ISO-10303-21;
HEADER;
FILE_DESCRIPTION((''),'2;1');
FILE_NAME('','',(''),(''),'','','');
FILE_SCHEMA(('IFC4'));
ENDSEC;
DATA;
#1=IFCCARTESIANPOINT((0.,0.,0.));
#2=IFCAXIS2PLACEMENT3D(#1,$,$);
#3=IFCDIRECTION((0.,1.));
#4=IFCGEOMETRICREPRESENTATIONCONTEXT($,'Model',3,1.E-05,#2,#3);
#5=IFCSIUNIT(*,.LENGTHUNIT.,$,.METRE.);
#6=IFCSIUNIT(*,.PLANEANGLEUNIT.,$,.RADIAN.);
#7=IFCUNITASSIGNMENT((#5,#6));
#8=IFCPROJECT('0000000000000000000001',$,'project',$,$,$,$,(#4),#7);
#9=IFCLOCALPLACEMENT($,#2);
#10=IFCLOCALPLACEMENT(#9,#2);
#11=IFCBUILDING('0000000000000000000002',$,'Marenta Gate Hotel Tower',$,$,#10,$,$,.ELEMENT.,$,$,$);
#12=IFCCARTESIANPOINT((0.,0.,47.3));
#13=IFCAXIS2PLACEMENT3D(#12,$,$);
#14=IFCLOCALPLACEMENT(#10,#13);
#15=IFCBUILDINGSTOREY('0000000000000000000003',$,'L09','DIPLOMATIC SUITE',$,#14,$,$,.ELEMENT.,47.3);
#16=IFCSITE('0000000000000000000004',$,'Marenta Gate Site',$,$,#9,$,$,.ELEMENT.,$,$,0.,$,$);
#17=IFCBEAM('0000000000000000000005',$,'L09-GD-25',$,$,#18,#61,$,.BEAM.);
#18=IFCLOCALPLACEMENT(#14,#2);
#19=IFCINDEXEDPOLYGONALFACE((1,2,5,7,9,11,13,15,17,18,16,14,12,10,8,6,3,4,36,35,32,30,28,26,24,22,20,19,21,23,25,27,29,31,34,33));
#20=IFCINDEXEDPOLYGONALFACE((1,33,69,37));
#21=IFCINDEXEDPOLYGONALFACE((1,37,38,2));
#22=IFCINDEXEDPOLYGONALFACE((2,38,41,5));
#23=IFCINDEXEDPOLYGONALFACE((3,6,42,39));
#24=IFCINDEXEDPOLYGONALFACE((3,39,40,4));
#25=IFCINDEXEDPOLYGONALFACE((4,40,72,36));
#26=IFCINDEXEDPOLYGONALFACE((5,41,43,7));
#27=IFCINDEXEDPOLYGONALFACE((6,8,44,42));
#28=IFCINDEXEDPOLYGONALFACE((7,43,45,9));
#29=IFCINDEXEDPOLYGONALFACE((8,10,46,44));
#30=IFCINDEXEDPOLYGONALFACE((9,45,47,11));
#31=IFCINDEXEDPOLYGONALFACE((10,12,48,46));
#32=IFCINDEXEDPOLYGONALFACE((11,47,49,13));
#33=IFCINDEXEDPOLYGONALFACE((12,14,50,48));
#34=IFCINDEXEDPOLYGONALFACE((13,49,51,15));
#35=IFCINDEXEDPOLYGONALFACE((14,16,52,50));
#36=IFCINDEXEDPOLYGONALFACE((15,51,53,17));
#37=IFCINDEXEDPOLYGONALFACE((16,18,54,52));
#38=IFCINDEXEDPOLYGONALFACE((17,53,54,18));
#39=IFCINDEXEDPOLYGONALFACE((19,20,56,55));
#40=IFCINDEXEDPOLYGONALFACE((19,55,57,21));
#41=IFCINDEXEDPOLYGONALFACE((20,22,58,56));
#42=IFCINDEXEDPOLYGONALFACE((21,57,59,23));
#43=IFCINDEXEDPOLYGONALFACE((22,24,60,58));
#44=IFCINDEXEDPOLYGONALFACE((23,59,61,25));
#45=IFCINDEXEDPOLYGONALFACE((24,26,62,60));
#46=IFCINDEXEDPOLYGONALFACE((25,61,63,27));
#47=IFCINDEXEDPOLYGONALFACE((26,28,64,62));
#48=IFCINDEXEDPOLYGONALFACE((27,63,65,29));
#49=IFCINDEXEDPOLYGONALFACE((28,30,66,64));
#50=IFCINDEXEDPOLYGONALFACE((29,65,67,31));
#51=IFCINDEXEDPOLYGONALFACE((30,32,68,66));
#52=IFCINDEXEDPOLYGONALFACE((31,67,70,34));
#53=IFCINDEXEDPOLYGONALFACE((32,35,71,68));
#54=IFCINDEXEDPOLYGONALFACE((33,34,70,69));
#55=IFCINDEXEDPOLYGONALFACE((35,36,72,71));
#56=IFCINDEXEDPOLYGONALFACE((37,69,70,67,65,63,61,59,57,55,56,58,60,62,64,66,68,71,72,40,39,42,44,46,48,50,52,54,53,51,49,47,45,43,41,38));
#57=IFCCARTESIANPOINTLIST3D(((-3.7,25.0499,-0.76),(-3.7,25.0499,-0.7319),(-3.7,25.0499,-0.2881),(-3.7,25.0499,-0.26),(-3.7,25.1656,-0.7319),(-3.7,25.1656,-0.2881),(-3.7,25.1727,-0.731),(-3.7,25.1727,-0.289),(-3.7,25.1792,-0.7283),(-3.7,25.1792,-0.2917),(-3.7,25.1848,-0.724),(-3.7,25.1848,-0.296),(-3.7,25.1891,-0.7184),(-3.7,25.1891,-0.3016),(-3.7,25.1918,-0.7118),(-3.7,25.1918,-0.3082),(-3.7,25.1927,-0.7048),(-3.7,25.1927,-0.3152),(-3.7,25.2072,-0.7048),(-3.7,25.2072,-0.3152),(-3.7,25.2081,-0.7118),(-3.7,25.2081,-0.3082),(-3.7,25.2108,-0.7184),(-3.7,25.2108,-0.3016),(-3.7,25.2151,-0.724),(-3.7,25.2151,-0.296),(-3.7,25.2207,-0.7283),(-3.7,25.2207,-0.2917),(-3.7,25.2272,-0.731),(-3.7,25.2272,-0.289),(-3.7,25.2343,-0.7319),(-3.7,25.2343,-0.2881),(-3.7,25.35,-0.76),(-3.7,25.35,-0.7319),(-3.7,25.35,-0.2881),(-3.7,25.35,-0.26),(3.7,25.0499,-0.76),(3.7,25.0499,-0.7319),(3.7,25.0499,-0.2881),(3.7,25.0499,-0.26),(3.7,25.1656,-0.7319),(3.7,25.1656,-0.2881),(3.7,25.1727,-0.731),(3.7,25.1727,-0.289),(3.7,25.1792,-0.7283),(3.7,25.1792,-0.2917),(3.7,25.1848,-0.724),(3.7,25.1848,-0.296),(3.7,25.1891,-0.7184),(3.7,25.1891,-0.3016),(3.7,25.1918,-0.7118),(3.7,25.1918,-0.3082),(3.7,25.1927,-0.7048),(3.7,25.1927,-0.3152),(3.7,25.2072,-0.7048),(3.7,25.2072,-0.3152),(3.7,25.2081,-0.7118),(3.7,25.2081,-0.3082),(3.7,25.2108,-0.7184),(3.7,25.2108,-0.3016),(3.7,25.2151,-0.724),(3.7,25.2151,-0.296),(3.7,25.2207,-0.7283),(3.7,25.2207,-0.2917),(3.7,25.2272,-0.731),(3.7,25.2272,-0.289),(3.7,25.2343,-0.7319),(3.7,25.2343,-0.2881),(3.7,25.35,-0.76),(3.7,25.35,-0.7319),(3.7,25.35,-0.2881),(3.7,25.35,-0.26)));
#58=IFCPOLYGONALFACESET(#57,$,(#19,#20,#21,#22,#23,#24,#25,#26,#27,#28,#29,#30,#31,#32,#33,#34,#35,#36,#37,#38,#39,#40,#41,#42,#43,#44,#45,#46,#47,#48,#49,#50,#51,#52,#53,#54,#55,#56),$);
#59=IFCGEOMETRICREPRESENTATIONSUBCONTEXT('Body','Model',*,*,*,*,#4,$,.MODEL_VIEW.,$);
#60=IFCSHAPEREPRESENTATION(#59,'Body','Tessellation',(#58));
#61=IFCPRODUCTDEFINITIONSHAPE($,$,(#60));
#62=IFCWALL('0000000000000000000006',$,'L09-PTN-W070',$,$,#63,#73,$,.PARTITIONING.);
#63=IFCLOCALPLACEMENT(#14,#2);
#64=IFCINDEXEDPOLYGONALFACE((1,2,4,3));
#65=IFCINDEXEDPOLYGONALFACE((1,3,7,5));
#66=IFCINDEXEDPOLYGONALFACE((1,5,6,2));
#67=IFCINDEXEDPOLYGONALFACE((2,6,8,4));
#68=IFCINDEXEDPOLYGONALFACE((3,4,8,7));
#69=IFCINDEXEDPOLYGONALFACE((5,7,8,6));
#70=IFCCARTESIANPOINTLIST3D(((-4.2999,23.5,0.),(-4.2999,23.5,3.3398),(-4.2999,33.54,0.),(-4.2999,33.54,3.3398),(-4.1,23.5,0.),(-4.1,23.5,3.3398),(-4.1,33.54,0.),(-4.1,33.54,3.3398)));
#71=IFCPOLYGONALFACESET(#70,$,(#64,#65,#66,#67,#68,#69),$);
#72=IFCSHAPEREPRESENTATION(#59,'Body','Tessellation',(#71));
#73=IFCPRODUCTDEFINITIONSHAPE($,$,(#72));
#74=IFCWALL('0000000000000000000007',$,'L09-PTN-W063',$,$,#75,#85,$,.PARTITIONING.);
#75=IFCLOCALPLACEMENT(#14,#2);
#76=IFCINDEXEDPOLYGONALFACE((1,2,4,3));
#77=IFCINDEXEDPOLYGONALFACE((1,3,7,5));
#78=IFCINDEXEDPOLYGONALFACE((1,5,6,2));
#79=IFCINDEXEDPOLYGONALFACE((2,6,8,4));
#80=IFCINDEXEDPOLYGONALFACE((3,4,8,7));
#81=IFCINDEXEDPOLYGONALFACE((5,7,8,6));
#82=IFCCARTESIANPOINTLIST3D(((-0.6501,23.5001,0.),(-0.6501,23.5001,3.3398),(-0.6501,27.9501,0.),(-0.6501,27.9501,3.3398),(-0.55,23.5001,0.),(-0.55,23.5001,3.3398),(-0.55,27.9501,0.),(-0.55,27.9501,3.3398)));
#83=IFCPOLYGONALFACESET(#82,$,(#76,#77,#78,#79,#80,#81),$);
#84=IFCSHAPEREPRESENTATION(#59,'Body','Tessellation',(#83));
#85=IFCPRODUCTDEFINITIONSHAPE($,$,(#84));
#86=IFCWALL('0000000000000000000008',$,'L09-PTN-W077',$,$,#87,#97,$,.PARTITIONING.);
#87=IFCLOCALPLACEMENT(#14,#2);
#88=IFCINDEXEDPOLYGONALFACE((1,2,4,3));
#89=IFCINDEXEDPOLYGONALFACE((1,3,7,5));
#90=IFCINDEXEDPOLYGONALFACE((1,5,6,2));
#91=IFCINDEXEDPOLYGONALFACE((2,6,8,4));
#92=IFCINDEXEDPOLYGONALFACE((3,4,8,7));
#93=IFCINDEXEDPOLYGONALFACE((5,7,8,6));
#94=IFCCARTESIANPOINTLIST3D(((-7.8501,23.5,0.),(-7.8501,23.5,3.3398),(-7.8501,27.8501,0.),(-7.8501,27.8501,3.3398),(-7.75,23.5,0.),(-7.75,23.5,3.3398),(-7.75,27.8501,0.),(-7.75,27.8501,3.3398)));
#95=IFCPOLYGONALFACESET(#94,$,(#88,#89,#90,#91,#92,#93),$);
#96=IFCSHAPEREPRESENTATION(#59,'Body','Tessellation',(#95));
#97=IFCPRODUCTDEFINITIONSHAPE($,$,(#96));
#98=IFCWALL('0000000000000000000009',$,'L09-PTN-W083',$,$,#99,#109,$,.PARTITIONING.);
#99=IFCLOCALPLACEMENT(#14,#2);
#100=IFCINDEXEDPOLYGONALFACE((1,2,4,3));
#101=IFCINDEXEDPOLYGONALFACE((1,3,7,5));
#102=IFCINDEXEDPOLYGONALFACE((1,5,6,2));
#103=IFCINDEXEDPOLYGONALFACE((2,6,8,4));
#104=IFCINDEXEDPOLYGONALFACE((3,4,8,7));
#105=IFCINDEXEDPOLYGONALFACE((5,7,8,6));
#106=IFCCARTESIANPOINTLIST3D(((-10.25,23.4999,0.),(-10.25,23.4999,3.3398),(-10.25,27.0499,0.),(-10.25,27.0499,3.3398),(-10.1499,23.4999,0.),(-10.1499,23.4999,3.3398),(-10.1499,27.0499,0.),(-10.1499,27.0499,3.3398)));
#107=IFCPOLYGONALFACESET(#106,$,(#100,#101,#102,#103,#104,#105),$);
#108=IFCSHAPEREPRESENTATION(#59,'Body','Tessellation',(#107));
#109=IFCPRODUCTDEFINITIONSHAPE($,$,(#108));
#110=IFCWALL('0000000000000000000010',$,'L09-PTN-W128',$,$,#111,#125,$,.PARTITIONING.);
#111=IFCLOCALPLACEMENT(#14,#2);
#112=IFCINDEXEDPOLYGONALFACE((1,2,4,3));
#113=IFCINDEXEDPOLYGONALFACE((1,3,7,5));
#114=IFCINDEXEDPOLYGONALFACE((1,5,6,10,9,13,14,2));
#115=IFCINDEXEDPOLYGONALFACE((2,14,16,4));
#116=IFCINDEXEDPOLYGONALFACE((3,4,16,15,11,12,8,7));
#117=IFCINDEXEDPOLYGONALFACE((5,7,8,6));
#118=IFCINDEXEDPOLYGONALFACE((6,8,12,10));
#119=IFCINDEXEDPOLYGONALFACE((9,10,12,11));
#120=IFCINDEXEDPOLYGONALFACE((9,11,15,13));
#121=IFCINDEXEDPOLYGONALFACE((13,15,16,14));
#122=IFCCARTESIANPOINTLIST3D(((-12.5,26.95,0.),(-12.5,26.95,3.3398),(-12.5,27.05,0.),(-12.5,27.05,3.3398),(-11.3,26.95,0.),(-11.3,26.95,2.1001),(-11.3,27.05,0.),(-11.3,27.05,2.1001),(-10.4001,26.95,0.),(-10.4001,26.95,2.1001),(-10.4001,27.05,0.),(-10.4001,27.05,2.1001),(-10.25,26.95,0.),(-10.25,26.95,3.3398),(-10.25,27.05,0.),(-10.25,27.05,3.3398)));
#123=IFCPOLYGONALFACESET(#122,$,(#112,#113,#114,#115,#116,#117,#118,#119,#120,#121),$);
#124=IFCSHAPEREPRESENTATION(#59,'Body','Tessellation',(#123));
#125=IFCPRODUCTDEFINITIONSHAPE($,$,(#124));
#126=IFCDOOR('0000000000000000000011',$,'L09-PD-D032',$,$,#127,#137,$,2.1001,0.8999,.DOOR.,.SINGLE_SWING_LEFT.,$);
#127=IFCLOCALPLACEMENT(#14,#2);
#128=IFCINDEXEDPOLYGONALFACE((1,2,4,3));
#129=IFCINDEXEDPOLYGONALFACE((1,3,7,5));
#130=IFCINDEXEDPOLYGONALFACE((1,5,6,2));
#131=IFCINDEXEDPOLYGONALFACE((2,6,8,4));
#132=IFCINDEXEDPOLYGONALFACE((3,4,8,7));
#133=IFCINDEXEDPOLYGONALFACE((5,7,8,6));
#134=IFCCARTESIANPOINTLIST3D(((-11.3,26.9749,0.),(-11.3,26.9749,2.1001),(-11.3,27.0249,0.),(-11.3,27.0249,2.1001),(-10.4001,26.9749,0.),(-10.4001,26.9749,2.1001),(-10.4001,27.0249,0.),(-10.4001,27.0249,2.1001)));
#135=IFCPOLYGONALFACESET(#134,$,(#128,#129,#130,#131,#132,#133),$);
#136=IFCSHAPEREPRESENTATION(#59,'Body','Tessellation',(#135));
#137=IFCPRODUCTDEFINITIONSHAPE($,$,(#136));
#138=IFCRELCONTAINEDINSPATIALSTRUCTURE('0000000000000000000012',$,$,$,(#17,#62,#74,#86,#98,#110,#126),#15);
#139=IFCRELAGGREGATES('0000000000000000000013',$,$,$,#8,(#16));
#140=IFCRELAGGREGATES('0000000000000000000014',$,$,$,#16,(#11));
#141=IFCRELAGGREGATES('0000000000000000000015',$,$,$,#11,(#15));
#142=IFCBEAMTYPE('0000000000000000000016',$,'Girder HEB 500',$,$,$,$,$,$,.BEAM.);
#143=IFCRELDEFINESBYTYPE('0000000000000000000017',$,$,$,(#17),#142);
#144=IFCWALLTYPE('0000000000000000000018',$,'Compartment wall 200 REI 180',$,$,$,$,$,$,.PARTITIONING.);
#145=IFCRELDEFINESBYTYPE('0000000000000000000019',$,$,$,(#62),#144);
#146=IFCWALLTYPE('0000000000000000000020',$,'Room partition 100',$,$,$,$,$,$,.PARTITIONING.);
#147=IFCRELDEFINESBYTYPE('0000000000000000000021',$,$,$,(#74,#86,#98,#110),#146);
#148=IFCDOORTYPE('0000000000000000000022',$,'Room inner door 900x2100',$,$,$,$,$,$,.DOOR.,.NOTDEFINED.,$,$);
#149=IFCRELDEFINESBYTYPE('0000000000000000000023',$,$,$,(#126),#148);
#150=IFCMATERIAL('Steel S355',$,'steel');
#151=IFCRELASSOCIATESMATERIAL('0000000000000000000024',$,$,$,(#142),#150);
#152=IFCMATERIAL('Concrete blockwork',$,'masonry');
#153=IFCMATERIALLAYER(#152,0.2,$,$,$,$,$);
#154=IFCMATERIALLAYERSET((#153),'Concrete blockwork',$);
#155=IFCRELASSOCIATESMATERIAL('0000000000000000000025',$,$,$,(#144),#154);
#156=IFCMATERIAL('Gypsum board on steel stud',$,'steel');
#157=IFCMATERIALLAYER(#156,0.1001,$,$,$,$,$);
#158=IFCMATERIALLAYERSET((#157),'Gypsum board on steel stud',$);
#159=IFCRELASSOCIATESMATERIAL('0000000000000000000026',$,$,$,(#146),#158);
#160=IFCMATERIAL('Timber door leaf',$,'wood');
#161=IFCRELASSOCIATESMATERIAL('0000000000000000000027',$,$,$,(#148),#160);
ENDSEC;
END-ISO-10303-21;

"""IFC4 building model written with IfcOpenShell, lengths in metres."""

from ifc_helpers import new_model, si_unit, direction, frame, frame_2d, origin, origin_2d, place, context, subcontext, project, spatial, rectangle, i_section, extrude, material, layer, layer_set, material_profile, profile_set, type_object, element, fill, save


model = new_model("IFC4")

# Units and contexts
model_context = context("Model", 3, precision=1e-05, world=origin(), true_north=direction((0.0, 1.0)))
body_context = subcontext(model_context, "Body", "Model", "MODEL_VIEW")
ifc_project = project(units=[si_unit("LENGTHUNIT", "METRE"), si_unit("PLANEANGLEUNIT", "RADIAN")], contexts=[model_context])

# Site, building, storey
site_placement = place(None, origin())
site = spatial("IfcSite", under=ifc_project, at=site_placement, Name="Marenta Gate Site", CompositionType="ELEMENT", RefElevation=0.0)
building_placement = place(site_placement, origin())
building = spatial("IfcBuilding", under=site, at=building_placement, Name="Marenta Gate Hotel Tower", CompositionType="ELEMENT")
storey_placement = place(building_placement, frame((0.0, 0.0, 47.3)))
storey = spatial("IfcBuildingStorey", under=building, at=storey_placement, Name="L09", Description="DIPLOMATIC SUITE", CompositionType="ELEMENT", Elevation=47.3)

# Beam
ifc_material_1 = material(Name="Steel S355", Category="steel")
ifc_material_profile_1 = material_profile(ifc_material_1, i_section(OverallWidth=0.3, OverallDepth=0.5, WebThickness=0.0144, FlangeThickness=0.0281, FilletRadius=0.0271, at=origin_2d()), Name="HEB 500")
ifc_profile_set_1 = profile_set([ifc_material_profile_1], Name="Steel S355")
beam_type_1 = type_object("IfcBeamType", Name="Girder HEB 500", PredefinedType="BEAM", material=ifc_profile_set_1)
beam_1_placement = place(storey_placement, frame((-3.7, 25.2, -0.51), z_axis=(1.0, 0.0, 0.0), x_axis=(0.0, 1.0, 0.0)))
element("IfcBeam", 1, at=beam_1_placement, inside=storey, type_object=beam_type_1, Name="L09-GD-25", PredefinedType="BEAM", context=body_context, shape_type="SweptSolid", body=[
    extrude(i_section(OverallWidth=0.3, OverallDepth=0.5, WebThickness=0.0144, FlangeThickness=0.0281, FilletRadius=0.0271, at=origin_2d()), origin(), (0.0, 0.0, 1.0), 7.3999),
])

# Walls
ifc_material_2 = material(Name="Concrete blockwork", Category="masonry")
ifc_layer_1 = layer(ifc_material_2, 0.2)
ifc_layer_set_1 = layer_set([ifc_layer_1], Name="Concrete blockwork")
wall_type_1 = type_object("IfcWallType", Name="Compartment wall 200 REI 180", PredefinedType="PARTITIONING", material=ifc_layer_set_1)
wall_1_placement = place(storey_placement, frame((-4.2, 23.5, 0.0), z_axis=(0.0, 0.0, 1.0), x_axis=(0.0, 1.0, 0.0)))
element("IfcWall", 2, at=wall_1_placement, inside=storey, type_object=wall_type_1, Name="L09-PTN-W070", PredefinedType="PARTITIONING", context=body_context, shape_type="SweptSolid", body=[
    extrude(rectangle(XDim=10.04, YDim=0.2, at=frame_2d((5.02, 0.0))), origin(), (0.0, 0.0, 1.0), 3.3398),
])
ifc_material_3 = material(Name="Gypsum board on steel stud", Category="steel")
ifc_layer_2 = layer(ifc_material_3, 0.1001)
ifc_layer_set_2 = layer_set([ifc_layer_2], Name="Gypsum board on steel stud")
wall_type_2 = type_object("IfcWallType", Name="Room partition 100", PredefinedType="PARTITIONING", material=ifc_layer_set_2)
wall_2_placement = place(storey_placement, frame((-0.6001, 23.5, 0.0), z_axis=(0.0, 0.0, 1.0), x_axis=(0.0, 1.0, 0.0)))
element("IfcWall", 3, at=wall_2_placement, inside=storey, type_object=wall_type_2, Name="L09-PTN-W063", PredefinedType="PARTITIONING", context=body_context, shape_type="SweptSolid", body=[
    extrude(rectangle(XDim=4.45, YDim=0.1001, at=frame_2d((2.2251, 0.0))), origin(), (0.0, 0.0, 1.0), 3.3398),
])
wall_3_placement = place(storey_placement, frame((-7.8, 23.5, 0.0), z_axis=(0.0, 0.0, 1.0), x_axis=(0.0, 1.0, 0.0)))
element("IfcWall", 4, at=wall_3_placement, inside=storey, type_object=wall_type_2, Name="L09-PTN-W077", PredefinedType="PARTITIONING", context=body_context, shape_type="SweptSolid", body=[
    extrude(rectangle(XDim=4.3501, YDim=0.1001, at=frame_2d((2.175, 0.0))), origin(), (0.0, 0.0, 1.0), 3.3398),
])
wall_4_placement = place(storey_placement, frame((-10.2, 23.5, 0.0), z_axis=(0.0, 0.0, 1.0), x_axis=(0.0, 1.0, 0.0)))
element("IfcWall", 5, at=wall_4_placement, inside=storey, type_object=wall_type_2, Name="L09-PTN-W083", PredefinedType="PARTITIONING", context=body_context, shape_type="SweptSolid", body=[
    extrude(rectangle(XDim=3.55, YDim=0.1001, at=frame_2d((1.7749, 0.0))), origin(), (0.0, 0.0, 1.0), 3.3398),
])

# Wall, opening, door
wall_5_placement = place(storey_placement, frame((-12.5, 27.0, 0.0), z_axis=(0.0, 0.0, 1.0), x_axis=(1.0, 0.0, 0.0)))
wall_5 = element("IfcWall", 6, at=wall_5_placement, inside=storey, type_object=wall_type_2, Name="L09-PTN-W128", PredefinedType="PARTITIONING", context=body_context, shape_type="SweptSolid", body=[
    extrude(rectangle(XDim=2.25, YDim=0.1001, at=frame_2d((1.125, 0.0))), origin(), (0.0, 0.0, 1.0), 3.3398),
])
opening_1_placement = place(wall_5_placement, frame((1.2, 0.0, 0.0)))
opening_1 = element("IfcOpeningElement", 7, at=opening_1_placement, cuts=wall_5, PredefinedType="OPENING", context=body_context, shape_type="SweptSolid", body=[
    extrude(rectangle(XDim=0.8999, YDim=2.1001, at=frame_2d((0.45, 1.05))), frame((0.0, 0.05, 0.0), z_axis=(0.0, -1.0, 0.0), x_axis=(1.0, 0.0, 0.0)), (0.0, 0.0, 1.0), 0.1001),
])
ifc_material_4 = material(Name="Timber door leaf", Category="wood")
door_type_1 = type_object("IfcDoorType", Name="Room inner door 900x2100", OperationType="NOTDEFINED", PredefinedType="DOOR", material=ifc_material_4)
door_1_placement = place(opening_1_placement, origin())
door_1 = element("IfcDoor", 8, at=door_1_placement, inside=storey, type_object=door_type_1, Name="L09-PD-D032", OperationType="SINGLE_SWING_LEFT", OverallHeight=2.1001, OverallWidth=0.8999, PredefinedType="DOOR", context=body_context, shape_type="SweptSolid", body=[
    extrude(rectangle(XDim=0.8999, YDim=2.1001, at=frame_2d((0.45, 1.05))), frame((0.0, 0.0249, 0.0), z_axis=(0.0, -1.0, 0.0), x_axis=(1.0, 0.0, 0.0)), (0.0, 0.0, 1.0), 0.05),
])
fill(opening_1, door_1)

save(model, "model.ifc")
